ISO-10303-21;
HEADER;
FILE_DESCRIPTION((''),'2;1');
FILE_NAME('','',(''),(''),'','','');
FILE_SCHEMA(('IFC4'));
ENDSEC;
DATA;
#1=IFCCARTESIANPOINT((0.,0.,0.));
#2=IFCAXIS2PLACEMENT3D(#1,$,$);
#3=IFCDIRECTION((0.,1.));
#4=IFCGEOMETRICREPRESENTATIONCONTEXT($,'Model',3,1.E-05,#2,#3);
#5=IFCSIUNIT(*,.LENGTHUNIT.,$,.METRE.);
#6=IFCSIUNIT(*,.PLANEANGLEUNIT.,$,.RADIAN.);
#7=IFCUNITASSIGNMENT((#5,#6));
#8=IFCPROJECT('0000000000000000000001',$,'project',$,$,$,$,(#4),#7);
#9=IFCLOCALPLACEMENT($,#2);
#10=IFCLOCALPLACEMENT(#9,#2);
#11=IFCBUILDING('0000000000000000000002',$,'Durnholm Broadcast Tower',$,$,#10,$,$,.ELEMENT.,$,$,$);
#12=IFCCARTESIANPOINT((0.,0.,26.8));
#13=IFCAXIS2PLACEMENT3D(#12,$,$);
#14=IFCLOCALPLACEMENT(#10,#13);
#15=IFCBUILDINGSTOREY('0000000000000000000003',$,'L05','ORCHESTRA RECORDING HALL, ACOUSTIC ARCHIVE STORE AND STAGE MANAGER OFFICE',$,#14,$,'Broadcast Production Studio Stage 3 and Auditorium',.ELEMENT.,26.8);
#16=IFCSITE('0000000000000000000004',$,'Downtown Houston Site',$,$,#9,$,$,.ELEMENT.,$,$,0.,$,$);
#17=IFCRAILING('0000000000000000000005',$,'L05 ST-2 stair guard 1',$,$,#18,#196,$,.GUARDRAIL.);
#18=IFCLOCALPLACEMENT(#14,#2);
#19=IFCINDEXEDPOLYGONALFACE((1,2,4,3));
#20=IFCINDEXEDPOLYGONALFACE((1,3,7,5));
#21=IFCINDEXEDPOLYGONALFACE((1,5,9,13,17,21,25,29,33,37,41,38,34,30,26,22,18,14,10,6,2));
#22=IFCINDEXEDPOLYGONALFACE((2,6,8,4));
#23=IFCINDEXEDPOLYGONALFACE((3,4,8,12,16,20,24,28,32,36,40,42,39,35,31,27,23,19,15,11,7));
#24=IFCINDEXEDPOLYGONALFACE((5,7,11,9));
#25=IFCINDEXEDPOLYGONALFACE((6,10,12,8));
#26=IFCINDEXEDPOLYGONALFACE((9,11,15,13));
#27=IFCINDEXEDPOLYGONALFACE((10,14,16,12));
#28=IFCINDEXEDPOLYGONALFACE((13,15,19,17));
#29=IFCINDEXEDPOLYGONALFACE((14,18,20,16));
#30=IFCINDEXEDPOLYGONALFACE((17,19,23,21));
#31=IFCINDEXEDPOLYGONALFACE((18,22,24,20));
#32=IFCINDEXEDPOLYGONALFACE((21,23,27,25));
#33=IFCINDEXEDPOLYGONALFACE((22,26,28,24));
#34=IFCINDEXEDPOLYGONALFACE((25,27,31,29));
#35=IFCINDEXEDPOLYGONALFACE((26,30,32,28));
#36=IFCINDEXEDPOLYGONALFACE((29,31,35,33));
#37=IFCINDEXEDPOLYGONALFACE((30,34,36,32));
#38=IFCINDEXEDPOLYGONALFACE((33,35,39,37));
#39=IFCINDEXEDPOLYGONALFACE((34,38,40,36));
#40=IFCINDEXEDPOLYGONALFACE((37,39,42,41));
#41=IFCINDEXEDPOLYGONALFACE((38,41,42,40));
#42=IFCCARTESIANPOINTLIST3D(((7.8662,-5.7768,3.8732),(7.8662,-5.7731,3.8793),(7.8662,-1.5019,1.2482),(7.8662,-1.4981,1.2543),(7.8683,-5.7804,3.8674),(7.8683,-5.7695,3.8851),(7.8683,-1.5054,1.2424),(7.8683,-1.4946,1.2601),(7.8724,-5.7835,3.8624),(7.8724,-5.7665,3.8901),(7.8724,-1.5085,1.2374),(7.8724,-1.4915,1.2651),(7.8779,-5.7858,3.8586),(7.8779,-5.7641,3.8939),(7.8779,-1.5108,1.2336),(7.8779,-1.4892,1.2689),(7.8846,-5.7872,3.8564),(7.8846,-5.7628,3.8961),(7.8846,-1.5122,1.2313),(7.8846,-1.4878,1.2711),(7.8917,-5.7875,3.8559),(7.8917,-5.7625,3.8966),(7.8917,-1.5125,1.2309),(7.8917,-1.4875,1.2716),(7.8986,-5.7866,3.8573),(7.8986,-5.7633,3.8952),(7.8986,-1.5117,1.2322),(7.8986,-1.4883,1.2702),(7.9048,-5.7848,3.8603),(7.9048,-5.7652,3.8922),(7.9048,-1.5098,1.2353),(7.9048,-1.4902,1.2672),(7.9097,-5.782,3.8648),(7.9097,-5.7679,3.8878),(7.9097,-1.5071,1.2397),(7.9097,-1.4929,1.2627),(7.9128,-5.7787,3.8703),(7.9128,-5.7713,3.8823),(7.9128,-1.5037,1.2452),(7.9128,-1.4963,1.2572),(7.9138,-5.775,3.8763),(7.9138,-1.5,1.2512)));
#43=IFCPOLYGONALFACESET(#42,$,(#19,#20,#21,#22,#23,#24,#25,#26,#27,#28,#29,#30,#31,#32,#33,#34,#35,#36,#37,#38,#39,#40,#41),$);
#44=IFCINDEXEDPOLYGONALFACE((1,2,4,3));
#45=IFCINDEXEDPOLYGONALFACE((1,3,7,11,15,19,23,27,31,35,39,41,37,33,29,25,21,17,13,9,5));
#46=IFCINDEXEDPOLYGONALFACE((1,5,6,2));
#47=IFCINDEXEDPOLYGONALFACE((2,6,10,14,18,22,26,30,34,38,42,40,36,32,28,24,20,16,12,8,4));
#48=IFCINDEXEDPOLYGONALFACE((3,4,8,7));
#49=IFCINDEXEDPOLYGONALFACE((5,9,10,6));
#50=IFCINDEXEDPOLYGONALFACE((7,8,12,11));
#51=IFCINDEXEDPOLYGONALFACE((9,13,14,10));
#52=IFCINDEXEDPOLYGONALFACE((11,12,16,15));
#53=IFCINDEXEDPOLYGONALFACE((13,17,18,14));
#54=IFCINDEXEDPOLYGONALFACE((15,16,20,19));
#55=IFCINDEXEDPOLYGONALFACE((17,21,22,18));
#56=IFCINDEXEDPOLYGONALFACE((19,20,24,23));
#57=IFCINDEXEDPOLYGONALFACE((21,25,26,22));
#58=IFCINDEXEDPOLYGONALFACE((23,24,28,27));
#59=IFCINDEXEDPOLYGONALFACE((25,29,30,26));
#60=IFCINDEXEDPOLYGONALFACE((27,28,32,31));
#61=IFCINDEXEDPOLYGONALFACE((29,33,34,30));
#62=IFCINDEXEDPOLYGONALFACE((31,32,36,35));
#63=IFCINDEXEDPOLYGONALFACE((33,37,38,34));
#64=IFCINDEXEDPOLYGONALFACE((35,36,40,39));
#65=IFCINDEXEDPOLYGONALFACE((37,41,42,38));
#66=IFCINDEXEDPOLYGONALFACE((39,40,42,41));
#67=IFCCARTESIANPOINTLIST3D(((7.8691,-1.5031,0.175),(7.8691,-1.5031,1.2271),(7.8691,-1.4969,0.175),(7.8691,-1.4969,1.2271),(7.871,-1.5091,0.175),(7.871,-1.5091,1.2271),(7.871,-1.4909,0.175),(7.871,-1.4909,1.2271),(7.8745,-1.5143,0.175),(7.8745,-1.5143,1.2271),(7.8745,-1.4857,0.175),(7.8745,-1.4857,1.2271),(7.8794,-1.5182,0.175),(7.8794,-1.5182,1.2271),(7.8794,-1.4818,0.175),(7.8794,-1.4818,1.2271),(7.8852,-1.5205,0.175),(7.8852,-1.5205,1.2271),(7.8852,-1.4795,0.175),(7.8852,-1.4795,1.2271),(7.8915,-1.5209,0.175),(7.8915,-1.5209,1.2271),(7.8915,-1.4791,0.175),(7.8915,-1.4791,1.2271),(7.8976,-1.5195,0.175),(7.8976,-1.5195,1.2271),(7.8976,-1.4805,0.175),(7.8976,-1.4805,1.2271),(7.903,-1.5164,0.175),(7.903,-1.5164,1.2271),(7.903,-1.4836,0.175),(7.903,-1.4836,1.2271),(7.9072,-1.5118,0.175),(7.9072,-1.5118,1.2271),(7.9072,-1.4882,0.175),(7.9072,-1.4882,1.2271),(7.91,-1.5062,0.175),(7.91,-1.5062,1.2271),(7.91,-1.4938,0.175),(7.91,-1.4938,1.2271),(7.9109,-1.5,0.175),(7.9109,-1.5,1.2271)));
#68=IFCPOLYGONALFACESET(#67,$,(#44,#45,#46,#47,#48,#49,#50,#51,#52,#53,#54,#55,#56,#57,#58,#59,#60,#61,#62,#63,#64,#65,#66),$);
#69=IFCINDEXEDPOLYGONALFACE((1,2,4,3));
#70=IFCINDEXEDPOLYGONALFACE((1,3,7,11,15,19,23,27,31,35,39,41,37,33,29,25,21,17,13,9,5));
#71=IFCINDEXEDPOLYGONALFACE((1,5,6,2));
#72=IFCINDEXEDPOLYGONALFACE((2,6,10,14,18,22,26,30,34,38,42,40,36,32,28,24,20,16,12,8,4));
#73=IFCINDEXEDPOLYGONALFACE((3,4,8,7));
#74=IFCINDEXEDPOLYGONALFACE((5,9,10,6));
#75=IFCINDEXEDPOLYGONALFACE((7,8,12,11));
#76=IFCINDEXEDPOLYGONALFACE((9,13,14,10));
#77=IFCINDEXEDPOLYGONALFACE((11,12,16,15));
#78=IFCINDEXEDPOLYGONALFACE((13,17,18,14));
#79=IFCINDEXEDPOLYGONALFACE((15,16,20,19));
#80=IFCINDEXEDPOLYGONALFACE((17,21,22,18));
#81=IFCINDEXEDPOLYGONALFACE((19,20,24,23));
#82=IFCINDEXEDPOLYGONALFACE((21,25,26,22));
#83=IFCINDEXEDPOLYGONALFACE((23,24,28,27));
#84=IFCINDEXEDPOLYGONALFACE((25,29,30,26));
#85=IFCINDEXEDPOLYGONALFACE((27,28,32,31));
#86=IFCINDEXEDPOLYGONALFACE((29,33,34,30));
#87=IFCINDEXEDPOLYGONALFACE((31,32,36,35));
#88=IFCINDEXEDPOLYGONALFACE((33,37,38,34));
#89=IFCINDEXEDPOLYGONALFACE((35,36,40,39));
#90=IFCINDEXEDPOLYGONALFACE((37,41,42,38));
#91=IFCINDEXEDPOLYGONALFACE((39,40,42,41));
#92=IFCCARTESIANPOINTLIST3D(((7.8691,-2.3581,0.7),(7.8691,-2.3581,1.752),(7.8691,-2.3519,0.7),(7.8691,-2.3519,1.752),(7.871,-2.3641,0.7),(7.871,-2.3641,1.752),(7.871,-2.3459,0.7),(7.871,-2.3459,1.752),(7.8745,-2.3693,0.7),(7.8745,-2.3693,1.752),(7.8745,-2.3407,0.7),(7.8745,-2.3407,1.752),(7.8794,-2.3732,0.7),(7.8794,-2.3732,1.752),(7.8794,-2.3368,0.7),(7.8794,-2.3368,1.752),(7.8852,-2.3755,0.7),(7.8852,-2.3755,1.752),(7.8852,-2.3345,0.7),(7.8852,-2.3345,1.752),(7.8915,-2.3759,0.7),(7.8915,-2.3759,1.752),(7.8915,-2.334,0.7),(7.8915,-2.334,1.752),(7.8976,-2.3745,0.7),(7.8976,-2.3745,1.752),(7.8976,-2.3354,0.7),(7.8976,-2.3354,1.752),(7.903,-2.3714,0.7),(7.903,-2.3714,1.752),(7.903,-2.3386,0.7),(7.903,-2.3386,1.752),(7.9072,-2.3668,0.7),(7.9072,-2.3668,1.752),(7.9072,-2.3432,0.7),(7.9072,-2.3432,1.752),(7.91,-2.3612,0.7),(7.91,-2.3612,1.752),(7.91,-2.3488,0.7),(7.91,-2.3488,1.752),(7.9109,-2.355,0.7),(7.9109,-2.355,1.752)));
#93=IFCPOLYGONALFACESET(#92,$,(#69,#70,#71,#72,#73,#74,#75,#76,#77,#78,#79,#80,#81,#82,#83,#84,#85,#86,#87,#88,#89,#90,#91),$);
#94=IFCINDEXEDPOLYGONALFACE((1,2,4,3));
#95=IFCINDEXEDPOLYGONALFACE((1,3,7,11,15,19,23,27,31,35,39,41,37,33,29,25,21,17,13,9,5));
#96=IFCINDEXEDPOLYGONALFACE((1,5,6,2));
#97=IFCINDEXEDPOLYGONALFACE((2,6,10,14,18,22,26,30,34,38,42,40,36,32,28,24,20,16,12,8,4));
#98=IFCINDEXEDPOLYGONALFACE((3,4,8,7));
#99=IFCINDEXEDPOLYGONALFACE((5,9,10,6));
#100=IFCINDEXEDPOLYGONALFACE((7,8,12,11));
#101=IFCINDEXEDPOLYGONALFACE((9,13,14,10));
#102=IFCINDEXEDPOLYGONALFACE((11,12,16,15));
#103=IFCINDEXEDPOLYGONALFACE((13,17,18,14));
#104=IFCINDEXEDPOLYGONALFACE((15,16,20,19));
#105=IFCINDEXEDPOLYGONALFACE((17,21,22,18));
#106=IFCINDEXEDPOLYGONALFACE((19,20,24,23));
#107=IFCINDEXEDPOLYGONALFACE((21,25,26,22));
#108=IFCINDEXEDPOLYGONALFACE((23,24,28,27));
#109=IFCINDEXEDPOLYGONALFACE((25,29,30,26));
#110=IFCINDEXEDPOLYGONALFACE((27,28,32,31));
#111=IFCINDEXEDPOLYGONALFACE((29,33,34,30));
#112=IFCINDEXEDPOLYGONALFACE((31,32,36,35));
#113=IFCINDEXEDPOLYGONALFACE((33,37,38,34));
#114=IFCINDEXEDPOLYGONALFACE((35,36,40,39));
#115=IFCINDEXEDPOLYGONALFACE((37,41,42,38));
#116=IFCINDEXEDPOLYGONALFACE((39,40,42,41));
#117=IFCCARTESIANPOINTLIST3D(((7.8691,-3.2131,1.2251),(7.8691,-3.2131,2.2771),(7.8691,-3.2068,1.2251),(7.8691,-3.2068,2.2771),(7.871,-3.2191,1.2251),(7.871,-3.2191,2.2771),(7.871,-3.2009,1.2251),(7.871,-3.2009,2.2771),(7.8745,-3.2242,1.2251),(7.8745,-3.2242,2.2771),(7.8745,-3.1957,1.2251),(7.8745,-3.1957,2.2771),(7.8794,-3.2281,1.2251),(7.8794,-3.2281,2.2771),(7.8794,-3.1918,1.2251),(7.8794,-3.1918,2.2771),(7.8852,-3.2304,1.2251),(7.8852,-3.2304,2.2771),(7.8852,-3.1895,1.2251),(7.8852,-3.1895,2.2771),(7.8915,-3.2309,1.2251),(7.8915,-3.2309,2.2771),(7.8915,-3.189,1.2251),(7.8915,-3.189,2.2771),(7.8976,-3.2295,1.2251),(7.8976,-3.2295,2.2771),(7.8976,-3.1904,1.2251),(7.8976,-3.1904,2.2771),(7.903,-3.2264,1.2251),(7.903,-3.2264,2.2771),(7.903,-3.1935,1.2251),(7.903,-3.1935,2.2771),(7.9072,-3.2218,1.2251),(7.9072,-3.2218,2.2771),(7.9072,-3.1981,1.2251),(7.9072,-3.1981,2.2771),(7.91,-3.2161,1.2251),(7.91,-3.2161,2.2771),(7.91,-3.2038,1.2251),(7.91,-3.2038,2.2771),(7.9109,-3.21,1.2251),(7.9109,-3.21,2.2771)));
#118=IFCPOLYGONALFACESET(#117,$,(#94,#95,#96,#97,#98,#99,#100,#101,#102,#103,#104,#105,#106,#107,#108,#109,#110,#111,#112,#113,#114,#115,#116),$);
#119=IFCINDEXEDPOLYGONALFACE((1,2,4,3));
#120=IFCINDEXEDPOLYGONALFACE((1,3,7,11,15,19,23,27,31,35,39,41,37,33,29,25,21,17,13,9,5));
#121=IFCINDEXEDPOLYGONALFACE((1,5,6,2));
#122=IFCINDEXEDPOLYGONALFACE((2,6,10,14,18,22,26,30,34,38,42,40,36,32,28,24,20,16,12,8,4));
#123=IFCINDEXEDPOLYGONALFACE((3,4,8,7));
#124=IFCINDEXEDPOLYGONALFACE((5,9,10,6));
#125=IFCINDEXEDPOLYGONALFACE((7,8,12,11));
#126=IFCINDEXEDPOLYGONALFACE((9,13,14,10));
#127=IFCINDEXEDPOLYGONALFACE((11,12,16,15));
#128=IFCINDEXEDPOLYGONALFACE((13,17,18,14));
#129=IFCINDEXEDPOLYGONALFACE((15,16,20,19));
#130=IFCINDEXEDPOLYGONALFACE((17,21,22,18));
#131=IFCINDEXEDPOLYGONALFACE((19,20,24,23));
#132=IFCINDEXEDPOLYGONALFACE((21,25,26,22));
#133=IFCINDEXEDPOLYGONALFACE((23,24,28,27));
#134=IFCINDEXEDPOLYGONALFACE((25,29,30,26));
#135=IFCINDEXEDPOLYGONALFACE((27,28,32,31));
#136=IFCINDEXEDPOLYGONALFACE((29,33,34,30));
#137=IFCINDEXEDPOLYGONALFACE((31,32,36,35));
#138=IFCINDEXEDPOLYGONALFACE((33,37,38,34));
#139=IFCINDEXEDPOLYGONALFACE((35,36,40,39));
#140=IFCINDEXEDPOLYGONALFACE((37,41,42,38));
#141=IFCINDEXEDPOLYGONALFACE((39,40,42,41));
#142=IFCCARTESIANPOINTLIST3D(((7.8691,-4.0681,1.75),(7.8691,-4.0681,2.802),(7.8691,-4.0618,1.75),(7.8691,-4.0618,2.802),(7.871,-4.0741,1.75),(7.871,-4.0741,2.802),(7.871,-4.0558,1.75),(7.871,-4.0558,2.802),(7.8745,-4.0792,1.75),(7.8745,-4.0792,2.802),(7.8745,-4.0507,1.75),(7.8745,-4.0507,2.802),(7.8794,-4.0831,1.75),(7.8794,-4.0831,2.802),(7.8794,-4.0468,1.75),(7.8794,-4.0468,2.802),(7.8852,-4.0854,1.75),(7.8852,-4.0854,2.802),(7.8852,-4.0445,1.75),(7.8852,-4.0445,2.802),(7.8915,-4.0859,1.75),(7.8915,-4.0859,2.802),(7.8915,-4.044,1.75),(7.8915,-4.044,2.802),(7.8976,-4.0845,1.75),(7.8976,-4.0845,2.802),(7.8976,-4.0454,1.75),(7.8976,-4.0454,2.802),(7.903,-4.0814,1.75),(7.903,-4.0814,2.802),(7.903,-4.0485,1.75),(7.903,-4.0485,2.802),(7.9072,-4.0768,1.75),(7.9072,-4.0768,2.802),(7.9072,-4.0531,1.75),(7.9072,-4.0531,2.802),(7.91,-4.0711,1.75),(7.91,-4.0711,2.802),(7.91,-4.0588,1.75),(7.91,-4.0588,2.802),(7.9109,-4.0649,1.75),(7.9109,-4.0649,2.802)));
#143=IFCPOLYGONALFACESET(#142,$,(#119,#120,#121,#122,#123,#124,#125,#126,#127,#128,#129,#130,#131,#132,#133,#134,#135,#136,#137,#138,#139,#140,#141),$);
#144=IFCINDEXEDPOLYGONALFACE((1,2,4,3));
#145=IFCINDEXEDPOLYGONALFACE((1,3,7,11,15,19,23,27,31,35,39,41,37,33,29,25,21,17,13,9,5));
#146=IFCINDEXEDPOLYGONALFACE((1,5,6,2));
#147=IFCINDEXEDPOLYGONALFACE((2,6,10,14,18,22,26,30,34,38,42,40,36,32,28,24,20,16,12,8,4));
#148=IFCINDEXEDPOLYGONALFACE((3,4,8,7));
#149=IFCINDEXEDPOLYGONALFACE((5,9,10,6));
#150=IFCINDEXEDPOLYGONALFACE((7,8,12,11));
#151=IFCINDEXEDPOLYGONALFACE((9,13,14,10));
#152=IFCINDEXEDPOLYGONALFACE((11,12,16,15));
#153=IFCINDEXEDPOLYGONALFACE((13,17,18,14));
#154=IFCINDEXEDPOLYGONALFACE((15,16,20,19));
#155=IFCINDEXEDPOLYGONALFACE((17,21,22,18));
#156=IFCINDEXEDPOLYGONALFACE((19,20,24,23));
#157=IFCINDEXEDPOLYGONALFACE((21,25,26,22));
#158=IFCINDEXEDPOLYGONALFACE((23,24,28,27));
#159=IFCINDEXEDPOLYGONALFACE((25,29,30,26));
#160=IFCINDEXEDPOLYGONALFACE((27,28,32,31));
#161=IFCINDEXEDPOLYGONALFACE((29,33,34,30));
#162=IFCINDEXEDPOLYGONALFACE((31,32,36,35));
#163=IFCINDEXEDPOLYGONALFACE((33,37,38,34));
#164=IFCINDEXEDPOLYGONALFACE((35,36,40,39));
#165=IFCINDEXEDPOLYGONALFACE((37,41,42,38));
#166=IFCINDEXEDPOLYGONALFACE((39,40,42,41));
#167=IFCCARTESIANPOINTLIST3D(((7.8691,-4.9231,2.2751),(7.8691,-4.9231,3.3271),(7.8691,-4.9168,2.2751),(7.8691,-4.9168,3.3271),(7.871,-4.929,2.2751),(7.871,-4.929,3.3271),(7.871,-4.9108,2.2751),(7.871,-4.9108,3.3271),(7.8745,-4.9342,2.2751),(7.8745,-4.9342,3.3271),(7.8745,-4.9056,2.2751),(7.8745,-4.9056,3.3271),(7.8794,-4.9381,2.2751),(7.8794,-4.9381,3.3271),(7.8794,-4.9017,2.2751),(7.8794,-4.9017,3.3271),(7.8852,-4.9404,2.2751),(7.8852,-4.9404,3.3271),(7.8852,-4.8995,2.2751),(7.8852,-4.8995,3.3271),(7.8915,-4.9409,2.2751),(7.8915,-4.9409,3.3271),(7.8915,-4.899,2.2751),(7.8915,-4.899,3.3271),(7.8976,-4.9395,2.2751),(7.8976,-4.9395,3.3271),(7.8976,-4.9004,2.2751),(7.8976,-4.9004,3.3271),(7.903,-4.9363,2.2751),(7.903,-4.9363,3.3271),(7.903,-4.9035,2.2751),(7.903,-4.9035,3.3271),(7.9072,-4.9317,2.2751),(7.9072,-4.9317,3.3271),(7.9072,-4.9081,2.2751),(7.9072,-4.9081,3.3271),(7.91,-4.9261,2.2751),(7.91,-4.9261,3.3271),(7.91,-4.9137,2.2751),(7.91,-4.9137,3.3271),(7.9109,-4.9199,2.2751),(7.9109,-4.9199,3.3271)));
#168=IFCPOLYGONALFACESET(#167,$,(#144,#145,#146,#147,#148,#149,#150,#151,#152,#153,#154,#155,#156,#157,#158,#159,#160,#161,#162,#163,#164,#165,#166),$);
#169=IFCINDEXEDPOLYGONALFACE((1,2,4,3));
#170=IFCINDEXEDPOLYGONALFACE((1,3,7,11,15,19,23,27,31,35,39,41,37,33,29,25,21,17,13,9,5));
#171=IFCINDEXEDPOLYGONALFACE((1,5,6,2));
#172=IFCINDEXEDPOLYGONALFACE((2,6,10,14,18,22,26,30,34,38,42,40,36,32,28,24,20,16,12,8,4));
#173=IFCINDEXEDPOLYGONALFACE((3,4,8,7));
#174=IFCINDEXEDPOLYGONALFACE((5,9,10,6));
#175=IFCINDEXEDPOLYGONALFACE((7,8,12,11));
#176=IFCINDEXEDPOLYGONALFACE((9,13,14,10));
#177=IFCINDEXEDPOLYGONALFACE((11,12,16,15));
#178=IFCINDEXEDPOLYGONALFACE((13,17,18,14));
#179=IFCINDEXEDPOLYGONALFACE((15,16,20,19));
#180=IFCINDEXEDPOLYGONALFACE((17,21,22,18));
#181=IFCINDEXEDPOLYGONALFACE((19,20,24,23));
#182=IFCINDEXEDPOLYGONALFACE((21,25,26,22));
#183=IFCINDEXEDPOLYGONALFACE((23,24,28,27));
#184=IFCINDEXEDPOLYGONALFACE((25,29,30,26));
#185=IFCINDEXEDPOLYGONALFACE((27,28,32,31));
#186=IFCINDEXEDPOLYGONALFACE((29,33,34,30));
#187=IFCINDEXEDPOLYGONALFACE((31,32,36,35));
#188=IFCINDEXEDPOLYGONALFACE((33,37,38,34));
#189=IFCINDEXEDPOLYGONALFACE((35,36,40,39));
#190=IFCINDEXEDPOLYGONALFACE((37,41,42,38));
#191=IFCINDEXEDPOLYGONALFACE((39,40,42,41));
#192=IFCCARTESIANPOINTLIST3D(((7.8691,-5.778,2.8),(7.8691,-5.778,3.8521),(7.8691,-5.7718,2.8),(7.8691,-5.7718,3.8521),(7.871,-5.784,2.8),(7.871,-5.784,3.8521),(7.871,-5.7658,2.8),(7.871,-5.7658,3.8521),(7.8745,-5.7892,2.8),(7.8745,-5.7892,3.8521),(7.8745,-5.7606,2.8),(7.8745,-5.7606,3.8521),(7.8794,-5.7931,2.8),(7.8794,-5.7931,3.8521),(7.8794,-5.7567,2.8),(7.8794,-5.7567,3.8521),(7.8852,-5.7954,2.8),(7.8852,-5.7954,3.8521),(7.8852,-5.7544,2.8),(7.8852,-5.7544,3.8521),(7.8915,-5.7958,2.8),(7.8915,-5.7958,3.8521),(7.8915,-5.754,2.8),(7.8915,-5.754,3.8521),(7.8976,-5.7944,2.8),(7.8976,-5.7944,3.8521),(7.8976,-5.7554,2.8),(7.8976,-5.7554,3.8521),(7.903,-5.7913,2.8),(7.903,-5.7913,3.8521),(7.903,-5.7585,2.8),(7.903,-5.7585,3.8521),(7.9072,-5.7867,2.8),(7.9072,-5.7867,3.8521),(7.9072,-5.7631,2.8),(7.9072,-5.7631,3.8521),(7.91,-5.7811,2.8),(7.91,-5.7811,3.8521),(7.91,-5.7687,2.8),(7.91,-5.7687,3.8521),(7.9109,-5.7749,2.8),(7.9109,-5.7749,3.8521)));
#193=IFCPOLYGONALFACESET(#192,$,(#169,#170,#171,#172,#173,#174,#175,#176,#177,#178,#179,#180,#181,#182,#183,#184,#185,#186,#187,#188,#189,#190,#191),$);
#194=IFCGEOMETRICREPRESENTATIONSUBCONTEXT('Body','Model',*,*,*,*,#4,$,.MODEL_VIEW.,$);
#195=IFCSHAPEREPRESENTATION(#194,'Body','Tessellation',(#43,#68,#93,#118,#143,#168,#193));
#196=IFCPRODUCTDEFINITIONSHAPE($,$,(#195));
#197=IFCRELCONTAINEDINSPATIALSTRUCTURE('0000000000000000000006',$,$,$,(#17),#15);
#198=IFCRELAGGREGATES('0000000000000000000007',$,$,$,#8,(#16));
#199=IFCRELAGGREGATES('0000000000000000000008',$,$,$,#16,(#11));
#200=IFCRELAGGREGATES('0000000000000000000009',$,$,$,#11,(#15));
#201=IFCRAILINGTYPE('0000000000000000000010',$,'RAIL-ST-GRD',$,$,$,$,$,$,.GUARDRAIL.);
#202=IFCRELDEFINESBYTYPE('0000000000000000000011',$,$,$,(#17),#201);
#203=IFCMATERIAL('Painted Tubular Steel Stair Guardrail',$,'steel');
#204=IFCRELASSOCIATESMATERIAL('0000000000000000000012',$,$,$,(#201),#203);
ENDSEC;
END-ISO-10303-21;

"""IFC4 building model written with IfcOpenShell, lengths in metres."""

from ifc_helpers import new_model, si_unit, direction, frame, origin, origin_2d, place, context, subcontext, project, spatial, circle, extrude, material, type_object, element, save


model = new_model("IFC4")

# Units and contexts
model_context = context("Model", 3, precision=1e-05, world=origin(), true_north=direction((0.0, 1.0)))
body_context = subcontext(model_context, "Body", "Model", "MODEL_VIEW")
ifc_project = project(units=[si_unit("LENGTHUNIT", "METRE"), si_unit("PLANEANGLEUNIT", "RADIAN")], contexts=[model_context])

# Site, building, storey
site_placement = place(None, origin())
site = spatial("IfcSite", under=ifc_project, at=site_placement, Name="Downtown Houston Site", CompositionType="ELEMENT", RefElevation=0.0)
building_placement = place(site_placement, origin())
building = spatial("IfcBuilding", under=site, at=building_placement, Name="Durnholm Broadcast Tower", CompositionType="ELEMENT")
storey_placement = place(building_placement, frame((0.0, 0.0, 26.8)))
storey = spatial("IfcBuildingStorey", under=building, at=storey_placement, Name="L05", Description="ORCHESTRA RECORDING HALL, ACOUSTIC ARCHIVE STORE AND STAGE MANAGER OFFICE", LongName="Broadcast Production Studio Stage 3 and Auditorium", CompositionType="ELEMENT", Elevation=26.8)

# Railing
ifc_material_1 = material(Name="Painted Tubular Steel Stair Guardrail", Category="steel")
railing_type_1 = type_object("IfcRailingType", Name="RAIL-ST-GRD", PredefinedType="GUARDRAIL", material=ifc_material_1)
railing_1_placement = place(storey_placement, frame((7.8899, -1.5, 0.175)))
element("IfcRailing", 1, at=railing_1_placement, inside=storey, type_object=railing_type_1, Name="L05 ST-2 stair guard 1", PredefinedType="GUARDRAIL", context=body_context, shape_type="SweptSolid", body=[
    extrude(circle(Radius=0.0239, at=origin_2d()), frame((0.0, 0.0, 1.0762), z_axis=(0.0, -0.852166, 0.523272), x_axis=(1.0, 0.0, 0.0)), (0.0, 0.0, 1.0), 5.0166),
    extrude(circle(Radius=0.021, at=origin_2d()), origin(), (0.0, 0.0, 1.0), 1.052),
    extrude(circle(Radius=0.021, at=origin_2d()), frame((0.0, -0.855, 0.5249)), (0.0, 0.0, 1.0), 1.052),
    extrude(circle(Radius=0.021, at=origin_2d()), frame((0.0, -1.71, 1.05)), (0.0, 0.0, 1.0), 1.052),
    extrude(circle(Radius=0.021, at=origin_2d()), frame((0.0, -2.5649, 1.575)), (0.0, 0.0, 1.0), 1.052),
    extrude(circle(Radius=0.021, at=origin_2d()), frame((0.0, -3.4199, 2.1001)), (0.0, 0.0, 1.0), 1.052),
    extrude(circle(Radius=0.021, at=origin_2d()), frame((0.0, -4.2749, 2.625)), (0.0, 0.0, 1.0), 1.052),
])

save(model, "model.ifc")
